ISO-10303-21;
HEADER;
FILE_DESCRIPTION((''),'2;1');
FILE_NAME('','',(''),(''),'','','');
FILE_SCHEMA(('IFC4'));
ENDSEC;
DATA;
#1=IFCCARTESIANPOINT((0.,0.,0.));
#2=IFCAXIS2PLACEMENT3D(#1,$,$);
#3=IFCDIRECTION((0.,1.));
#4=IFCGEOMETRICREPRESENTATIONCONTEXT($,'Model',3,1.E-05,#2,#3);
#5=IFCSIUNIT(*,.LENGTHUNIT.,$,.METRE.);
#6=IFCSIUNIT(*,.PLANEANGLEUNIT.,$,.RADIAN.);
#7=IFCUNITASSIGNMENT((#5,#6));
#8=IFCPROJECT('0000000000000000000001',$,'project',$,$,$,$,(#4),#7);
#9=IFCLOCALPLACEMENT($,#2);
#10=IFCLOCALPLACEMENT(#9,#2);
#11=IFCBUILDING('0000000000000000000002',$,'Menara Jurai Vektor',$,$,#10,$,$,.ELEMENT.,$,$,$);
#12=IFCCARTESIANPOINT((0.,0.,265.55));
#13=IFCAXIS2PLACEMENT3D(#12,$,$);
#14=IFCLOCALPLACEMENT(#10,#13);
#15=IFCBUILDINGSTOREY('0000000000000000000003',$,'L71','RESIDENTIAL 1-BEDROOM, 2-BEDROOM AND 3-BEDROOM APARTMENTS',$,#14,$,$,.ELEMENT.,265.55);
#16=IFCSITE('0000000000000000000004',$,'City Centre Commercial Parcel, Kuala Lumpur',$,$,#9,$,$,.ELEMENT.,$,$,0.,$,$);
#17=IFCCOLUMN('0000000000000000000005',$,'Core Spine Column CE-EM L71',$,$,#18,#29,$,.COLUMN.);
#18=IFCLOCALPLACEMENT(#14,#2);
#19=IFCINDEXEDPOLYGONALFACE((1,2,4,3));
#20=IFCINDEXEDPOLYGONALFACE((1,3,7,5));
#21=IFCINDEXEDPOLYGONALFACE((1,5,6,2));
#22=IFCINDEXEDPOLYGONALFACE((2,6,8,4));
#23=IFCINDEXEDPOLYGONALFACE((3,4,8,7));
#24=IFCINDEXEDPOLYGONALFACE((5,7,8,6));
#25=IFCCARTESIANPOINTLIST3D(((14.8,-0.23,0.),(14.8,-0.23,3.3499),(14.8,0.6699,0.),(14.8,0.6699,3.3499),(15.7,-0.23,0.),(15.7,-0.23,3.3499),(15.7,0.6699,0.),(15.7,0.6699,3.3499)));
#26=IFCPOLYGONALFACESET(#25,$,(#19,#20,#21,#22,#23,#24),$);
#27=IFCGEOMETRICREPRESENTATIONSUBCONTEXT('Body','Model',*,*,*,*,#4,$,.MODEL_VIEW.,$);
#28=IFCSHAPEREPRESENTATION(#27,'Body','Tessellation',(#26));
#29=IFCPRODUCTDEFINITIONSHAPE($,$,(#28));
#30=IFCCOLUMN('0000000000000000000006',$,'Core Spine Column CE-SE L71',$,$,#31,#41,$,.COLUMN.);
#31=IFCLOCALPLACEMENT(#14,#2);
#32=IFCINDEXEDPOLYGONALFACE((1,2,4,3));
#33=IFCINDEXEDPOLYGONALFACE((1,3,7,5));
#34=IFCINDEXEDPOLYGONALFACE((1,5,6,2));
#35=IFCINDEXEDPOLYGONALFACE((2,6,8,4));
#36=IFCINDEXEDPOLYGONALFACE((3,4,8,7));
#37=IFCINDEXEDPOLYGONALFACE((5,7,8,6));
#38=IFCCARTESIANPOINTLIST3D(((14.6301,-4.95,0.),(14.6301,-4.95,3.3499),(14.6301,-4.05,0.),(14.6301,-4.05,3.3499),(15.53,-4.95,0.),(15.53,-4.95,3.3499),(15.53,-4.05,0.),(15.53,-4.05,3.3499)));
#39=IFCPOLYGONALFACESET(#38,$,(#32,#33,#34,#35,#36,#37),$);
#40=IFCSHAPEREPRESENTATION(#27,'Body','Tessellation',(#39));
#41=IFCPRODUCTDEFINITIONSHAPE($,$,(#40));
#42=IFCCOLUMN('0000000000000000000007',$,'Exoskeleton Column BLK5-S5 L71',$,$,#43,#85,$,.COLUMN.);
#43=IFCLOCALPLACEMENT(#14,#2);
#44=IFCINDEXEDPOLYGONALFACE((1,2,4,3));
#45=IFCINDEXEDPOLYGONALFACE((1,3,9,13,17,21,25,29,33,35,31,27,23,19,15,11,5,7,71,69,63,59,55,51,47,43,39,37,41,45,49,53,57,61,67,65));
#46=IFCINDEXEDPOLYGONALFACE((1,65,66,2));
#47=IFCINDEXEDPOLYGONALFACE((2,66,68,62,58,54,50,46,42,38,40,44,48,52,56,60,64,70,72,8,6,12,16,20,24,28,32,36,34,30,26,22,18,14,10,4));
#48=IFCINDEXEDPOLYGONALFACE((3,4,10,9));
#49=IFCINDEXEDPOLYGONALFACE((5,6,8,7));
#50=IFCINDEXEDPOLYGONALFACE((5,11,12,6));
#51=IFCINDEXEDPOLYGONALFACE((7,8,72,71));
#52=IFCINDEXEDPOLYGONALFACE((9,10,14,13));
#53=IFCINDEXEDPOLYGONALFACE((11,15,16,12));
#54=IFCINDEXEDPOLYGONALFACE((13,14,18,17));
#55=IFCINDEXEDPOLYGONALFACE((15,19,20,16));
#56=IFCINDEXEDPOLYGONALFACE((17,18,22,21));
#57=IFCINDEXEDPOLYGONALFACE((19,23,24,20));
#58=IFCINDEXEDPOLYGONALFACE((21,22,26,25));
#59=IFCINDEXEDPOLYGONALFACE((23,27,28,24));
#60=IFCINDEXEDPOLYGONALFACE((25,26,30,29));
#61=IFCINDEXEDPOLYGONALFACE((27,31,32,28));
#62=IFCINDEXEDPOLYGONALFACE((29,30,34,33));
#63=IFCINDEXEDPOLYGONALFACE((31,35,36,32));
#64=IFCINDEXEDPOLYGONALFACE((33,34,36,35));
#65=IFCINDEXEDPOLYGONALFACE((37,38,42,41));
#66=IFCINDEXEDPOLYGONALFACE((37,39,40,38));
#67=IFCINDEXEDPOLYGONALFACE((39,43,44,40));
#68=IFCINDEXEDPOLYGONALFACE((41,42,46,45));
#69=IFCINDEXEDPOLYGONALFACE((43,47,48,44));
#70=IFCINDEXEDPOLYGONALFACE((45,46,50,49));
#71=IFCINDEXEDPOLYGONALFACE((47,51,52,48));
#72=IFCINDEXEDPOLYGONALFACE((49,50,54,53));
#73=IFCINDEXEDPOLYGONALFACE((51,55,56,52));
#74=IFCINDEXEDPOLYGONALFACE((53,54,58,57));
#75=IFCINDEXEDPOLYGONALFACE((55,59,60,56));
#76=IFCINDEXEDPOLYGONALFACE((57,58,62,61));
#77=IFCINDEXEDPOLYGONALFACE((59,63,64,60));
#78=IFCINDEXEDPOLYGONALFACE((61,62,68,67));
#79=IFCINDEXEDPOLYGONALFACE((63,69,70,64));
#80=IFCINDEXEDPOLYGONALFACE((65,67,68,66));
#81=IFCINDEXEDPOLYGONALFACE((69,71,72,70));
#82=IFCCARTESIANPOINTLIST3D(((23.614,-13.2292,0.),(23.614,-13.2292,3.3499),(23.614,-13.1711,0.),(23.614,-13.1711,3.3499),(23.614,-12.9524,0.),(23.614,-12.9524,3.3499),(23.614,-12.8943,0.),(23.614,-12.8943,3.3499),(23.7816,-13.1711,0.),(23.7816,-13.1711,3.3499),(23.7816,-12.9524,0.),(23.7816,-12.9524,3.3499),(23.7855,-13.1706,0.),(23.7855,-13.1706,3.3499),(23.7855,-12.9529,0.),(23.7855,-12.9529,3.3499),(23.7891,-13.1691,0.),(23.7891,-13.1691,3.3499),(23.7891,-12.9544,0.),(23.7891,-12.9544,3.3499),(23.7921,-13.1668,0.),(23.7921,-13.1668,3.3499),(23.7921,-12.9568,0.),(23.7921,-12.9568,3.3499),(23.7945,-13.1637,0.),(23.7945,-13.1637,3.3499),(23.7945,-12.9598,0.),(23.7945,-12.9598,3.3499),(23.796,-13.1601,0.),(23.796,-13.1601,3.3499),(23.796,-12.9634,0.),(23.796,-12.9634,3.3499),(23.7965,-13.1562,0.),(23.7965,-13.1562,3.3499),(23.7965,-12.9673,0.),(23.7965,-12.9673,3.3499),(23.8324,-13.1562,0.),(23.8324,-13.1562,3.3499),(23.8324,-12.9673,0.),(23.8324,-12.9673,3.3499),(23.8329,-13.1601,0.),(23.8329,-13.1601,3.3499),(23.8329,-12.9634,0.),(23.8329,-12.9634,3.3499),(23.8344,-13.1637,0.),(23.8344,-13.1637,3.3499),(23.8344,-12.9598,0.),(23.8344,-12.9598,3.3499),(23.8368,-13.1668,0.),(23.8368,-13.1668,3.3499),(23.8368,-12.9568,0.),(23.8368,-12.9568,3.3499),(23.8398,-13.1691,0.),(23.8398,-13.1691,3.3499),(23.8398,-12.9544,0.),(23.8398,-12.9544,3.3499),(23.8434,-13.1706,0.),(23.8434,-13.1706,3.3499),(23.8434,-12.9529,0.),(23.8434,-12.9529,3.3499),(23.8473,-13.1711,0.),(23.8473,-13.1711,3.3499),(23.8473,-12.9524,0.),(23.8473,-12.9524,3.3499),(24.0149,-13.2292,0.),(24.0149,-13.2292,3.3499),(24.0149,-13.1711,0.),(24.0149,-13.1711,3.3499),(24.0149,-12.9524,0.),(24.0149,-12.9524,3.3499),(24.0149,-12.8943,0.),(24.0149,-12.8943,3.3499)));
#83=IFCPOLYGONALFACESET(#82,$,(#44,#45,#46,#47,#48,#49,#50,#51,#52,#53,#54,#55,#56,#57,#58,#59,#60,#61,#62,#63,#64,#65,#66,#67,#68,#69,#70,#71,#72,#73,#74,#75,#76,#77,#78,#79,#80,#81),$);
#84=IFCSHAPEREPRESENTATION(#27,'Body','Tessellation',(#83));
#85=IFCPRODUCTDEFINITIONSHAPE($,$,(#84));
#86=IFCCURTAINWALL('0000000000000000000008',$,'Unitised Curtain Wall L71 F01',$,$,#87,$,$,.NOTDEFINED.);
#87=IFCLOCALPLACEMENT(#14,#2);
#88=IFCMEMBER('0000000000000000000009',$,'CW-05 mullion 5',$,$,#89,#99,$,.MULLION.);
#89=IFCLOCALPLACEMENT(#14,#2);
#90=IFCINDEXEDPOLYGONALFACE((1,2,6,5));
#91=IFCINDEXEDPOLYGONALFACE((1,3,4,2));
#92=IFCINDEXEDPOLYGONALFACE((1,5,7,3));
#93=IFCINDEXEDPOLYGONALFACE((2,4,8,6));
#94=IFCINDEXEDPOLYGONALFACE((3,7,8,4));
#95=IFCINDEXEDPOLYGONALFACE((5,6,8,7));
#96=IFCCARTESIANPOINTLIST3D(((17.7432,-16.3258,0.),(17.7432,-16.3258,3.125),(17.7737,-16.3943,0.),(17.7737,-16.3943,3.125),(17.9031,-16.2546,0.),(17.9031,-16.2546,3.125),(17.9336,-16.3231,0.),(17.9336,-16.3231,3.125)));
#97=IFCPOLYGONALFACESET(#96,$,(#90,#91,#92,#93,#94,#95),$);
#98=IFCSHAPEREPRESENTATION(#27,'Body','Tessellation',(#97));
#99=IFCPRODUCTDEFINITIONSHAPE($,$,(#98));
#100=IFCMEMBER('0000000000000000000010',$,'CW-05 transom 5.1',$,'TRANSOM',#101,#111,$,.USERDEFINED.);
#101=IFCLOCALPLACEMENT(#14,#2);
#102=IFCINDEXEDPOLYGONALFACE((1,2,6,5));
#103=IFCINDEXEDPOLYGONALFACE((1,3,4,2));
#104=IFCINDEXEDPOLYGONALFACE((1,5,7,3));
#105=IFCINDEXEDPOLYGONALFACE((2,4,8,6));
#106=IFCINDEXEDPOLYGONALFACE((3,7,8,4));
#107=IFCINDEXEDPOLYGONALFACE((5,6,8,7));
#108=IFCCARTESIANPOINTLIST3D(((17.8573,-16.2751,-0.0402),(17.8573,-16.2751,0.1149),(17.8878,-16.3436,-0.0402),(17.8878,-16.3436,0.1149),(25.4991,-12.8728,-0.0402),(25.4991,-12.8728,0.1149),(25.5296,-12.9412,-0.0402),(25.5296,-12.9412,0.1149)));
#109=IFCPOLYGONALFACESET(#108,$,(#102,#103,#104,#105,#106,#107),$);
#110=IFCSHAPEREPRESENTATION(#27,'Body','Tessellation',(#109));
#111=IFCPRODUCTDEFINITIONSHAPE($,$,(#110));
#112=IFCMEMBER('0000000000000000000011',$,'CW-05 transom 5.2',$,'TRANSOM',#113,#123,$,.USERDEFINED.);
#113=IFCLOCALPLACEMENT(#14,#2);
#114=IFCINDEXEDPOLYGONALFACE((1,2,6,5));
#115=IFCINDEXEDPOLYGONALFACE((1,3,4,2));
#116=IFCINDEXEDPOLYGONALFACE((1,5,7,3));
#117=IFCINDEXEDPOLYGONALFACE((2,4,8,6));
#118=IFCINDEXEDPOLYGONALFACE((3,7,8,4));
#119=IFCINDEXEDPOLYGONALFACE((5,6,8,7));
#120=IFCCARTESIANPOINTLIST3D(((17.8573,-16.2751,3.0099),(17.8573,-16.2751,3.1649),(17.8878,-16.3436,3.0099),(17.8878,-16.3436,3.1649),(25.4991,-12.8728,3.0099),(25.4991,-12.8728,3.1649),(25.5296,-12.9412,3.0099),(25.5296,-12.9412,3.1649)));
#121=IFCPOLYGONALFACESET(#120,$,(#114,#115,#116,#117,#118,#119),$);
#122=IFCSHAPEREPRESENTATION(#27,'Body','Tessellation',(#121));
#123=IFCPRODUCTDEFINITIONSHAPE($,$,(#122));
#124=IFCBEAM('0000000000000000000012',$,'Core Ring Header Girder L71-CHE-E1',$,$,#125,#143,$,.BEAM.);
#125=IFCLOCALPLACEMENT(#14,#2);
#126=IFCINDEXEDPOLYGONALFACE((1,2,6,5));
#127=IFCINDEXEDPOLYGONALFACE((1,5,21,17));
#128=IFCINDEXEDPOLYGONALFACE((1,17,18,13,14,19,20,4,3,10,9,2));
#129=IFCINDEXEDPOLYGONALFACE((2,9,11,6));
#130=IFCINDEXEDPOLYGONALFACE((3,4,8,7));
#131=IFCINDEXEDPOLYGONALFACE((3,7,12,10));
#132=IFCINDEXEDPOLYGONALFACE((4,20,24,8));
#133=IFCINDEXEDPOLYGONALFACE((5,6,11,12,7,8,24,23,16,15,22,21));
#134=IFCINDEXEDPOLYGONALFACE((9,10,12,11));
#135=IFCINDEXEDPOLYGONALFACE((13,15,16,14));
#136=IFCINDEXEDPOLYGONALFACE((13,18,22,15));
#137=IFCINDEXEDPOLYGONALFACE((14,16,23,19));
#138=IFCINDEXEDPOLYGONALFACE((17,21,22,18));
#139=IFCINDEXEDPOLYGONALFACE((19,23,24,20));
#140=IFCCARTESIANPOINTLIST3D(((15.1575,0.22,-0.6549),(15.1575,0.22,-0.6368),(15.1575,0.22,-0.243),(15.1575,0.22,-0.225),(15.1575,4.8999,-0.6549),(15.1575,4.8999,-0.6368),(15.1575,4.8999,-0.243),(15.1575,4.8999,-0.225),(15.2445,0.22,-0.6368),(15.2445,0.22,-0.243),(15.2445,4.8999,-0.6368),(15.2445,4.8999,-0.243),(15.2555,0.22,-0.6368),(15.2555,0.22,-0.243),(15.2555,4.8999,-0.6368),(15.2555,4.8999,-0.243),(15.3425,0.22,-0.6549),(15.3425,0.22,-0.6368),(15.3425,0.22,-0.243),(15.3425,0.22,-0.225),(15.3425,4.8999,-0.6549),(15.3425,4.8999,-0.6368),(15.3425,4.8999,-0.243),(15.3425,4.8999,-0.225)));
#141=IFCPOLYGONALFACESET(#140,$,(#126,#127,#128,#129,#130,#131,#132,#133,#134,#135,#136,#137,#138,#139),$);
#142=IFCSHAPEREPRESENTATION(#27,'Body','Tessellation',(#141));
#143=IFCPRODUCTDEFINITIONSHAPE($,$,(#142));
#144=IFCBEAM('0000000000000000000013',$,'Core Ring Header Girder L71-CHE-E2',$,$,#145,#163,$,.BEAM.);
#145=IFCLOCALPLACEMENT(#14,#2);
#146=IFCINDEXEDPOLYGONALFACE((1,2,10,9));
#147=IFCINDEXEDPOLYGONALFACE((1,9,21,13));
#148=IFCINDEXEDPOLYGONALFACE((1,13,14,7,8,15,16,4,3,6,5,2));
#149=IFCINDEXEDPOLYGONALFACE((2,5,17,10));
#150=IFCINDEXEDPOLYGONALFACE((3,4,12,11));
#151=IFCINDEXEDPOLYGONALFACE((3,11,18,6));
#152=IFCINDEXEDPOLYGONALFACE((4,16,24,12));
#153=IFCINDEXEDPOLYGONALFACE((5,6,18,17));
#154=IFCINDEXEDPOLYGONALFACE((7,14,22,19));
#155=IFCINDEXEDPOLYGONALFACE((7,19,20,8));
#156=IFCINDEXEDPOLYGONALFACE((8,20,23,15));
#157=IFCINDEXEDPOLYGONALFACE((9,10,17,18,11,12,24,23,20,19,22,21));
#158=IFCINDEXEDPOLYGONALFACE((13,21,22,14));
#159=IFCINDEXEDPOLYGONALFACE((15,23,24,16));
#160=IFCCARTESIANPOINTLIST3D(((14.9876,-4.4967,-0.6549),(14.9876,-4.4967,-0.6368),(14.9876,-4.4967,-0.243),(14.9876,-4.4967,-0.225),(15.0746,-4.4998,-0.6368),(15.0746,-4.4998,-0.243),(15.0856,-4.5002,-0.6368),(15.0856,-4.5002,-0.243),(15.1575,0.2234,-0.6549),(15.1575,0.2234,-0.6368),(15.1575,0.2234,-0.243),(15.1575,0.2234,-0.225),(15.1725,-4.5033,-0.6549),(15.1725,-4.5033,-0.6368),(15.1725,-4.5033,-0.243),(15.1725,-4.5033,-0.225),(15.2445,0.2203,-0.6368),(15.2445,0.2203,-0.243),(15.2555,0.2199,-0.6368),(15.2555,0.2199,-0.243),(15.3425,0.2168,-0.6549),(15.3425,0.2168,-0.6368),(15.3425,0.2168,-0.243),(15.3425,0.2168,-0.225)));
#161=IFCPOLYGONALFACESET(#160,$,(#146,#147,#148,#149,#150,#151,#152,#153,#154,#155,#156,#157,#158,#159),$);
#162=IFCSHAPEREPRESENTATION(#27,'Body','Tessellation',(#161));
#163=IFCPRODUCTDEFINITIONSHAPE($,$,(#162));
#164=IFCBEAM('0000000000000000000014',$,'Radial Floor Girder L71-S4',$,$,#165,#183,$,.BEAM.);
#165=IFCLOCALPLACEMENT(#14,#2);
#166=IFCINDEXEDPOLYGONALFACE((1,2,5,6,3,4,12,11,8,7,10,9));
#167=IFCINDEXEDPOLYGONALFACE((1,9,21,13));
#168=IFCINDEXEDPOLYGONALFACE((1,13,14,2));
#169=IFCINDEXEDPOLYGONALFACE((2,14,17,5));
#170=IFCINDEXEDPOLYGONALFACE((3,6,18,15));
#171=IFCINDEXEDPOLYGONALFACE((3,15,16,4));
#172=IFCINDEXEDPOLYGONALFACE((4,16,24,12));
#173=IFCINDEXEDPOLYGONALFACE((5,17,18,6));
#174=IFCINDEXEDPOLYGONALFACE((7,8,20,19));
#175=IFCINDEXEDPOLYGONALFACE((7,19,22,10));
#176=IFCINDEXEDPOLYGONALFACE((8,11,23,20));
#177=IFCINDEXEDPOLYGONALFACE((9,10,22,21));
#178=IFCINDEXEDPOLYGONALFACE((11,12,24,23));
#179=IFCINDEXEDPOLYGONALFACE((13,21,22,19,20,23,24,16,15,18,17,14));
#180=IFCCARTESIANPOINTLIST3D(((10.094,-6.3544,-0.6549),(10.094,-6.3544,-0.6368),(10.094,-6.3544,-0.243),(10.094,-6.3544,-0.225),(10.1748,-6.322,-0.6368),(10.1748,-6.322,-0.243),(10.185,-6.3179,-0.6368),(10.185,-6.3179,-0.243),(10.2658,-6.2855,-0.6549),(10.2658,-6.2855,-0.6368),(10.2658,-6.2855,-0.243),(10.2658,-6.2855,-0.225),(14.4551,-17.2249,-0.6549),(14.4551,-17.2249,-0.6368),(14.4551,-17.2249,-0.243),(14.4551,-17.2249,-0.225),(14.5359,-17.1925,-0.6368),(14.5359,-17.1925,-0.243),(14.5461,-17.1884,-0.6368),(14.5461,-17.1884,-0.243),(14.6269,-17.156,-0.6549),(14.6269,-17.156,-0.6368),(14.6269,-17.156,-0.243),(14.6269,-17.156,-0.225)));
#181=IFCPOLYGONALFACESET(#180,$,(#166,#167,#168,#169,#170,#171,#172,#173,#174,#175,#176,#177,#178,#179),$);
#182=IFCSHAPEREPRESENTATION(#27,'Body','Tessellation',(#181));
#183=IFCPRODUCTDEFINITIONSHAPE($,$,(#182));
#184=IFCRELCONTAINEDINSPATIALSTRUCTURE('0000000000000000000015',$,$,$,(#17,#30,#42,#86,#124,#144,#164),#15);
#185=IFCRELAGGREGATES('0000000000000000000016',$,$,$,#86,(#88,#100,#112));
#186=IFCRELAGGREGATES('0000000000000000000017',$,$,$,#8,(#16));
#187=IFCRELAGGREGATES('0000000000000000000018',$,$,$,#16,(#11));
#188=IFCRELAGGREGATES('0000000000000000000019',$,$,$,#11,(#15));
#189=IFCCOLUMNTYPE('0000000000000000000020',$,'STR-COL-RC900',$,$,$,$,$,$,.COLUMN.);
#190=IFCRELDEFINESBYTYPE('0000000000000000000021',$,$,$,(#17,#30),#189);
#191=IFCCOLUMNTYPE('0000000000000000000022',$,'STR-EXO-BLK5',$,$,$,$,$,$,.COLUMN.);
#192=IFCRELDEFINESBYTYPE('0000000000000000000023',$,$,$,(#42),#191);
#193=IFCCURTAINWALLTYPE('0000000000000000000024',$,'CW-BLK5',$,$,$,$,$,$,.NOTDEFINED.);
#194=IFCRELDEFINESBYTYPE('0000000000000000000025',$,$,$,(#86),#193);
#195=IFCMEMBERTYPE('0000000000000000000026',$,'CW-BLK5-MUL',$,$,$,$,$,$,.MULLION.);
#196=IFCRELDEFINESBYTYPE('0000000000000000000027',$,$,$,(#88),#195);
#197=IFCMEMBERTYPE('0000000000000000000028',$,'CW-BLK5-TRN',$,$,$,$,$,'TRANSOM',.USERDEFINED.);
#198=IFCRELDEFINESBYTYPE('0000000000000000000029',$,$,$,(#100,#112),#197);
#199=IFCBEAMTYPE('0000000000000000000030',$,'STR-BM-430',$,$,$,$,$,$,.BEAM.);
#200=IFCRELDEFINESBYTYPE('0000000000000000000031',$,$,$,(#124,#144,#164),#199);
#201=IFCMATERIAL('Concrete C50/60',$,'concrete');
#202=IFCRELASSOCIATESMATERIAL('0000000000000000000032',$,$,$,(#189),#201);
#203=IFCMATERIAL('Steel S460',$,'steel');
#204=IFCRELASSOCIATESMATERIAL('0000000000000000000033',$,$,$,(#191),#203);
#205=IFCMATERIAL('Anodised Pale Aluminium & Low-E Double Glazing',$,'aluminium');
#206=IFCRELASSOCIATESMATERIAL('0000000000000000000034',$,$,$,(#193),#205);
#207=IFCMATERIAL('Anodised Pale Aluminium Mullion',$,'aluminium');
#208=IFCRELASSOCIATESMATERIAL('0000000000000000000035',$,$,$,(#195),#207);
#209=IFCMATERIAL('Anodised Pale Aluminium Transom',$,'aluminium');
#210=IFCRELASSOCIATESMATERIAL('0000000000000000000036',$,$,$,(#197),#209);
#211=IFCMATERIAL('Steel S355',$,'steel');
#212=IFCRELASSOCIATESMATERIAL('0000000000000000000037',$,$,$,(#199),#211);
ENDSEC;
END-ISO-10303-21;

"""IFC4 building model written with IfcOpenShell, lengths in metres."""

from ifc_helpers import new_model, si_unit, direction, frame, origin, origin_2d, place, context, subcontext, project, spatial, rectangle, i_section, extrude, material, material_profile, profile_set, type_object, element, aggregate, save


model = new_model("IFC4")

# Units and contexts
model_context = context("Model", 3, precision=1e-05, world=origin(), true_north=direction((0.0, 1.0)))
body_context = subcontext(model_context, "Body", "Model", "MODEL_VIEW")
ifc_project = project(units=[si_unit("LENGTHUNIT", "METRE"), si_unit("PLANEANGLEUNIT", "RADIAN")], contexts=[model_context])

# Site, building, storey
site_placement = place(None, origin())
site = spatial("IfcSite", under=ifc_project, at=site_placement, Name="City Centre Commercial Parcel, Kuala Lumpur", CompositionType="ELEMENT", RefElevation=0.0)
building_placement = place(site_placement, origin())
building = spatial("IfcBuilding", under=site, at=building_placement, Name="Menara Jurai Vektor", CompositionType="ELEMENT")
storey_placement = place(building_placement, frame((0.0, 0.0, 265.55)))
storey = spatial("IfcBuildingStorey", under=building, at=storey_placement, Name="L71", Description="RESIDENTIAL 1-BEDROOM, 2-BEDROOM AND 3-BEDROOM APARTMENTS", CompositionType="ELEMENT", Elevation=265.55)

# Columns
ifc_material_1 = material(Name="Concrete C50/60", Category="concrete")
ifc_material_profile_1 = material_profile(ifc_material_1, rectangle(XDim=0.8999, YDim=0.8999, at=origin_2d()), Name="RC 900x900")
ifc_profile_set_1 = profile_set([ifc_material_profile_1], Name="Concrete C50/60")
column_type_1 = type_object("IfcColumnType", Name="STR-COL-RC900", PredefinedType="COLUMN", material=ifc_profile_set_1)
for number, where, z_axis, x_axis, name in (
    (1, (15.25, 0.22, 0.0), (0.0, 0.0, 1.0), (1.0, 0.0, 0.0), "Core Spine Column CE-EM L71"),
    (2, (15.0801, -4.5, 0.0), (0.0, 0.0, 1.0), (1.0, 0.0, 0.0), "Core Spine Column CE-SE L71"),
):
    element("IfcColumn", number, at=place(storey_placement, frame(where, z_axis=z_axis, x_axis=x_axis)), inside=storey, type_object=column_type_1, Name=name, PredefinedType="COLUMN", context=body_context, shape_type="SweptSolid", body=[
        extrude(rectangle(XDim=0.8999, YDim=0.8999, at=origin_2d()), origin(), (0.0, 0.0, 1.0), 3.3499),
    ])
ifc_material_2 = material(Name="Steel S460", Category="steel")
ifc_material_profile_2 = material_profile(ifc_material_2, i_section(OverallWidth=0.4009, OverallDepth=0.335, WebThickness=0.0359, FlangeThickness=0.0581, FilletRadius=0.0149, at=origin_2d()), Name="HD 400x463")
ifc_profile_set_2 = profile_set([ifc_material_profile_2], Name="Steel S460")
column_type_2 = type_object("IfcColumnType", Name="STR-EXO-BLK5", PredefinedType="COLUMN", material=ifc_profile_set_2)
column_placement = place(storey_placement, frame((23.8145, -13.0618, 0.0), z_axis=(0.0, 0.0, 1.0), x_axis=(1.0, 0.0, 0.0)))
element("IfcColumn", 3, at=column_placement, inside=storey, type_object=column_type_2, Name="Exoskeleton Column BLK5-S5 L71", PredefinedType="COLUMN", context=body_context, shape_type="SweptSolid", body=[
    extrude(i_section(OverallWidth=0.4009, OverallDepth=0.335, WebThickness=0.0359, FlangeThickness=0.0581, FilletRadius=0.0149, at=origin_2d()), origin(), (0.0, 0.0, 1.0), 3.3499),
])

# Curtain wall, members
ifc_material_3 = material(Name="Anodised Pale Aluminium & Low-E Double Glazing", Category="aluminium")
curtain_wall_type = type_object("IfcCurtainWallType", Name="CW-BLK5", PredefinedType="NOTDEFINED", material=ifc_material_3)
curtain_wall_placement = place(storey_placement, origin())
curtain_wall = element("IfcCurtainWall", 4, at=curtain_wall_placement, inside=storey, type_object=curtain_wall_type, Name="Unitised Curtain Wall L71 F01", PredefinedType="NOTDEFINED")
ifc_material_4 = material(Name="Anodised Pale Aluminium Mullion", Category="aluminium")
ifc_material_profile_3 = material_profile(ifc_material_4, rectangle(XDim=0.075, YDim=0.175, at=origin_2d()), Name="ALU MUL 75x175")
ifc_profile_set_3 = profile_set([ifc_material_profile_3], Name="Anodised Pale Aluminium Mullion")
member_type_1 = type_object("IfcMemberType", Name="CW-BLK5-MUL", PredefinedType="MULLION", material=ifc_profile_set_3)
member_1_placement = place(storey_placement, frame((17.8384, -16.3245, 0.0), z_axis=(0.0, 0.0, 1.0), x_axis=(-0.406735, 0.913546, 0.0)))
member_1 = element("IfcMember", 5, at=member_1_placement, type_object=member_type_1, Name="CW-05 mullion 5", PredefinedType="MULLION", context=body_context, shape_type="SweptSolid", body=[
    extrude(rectangle(XDim=0.075, YDim=0.175, at=origin_2d()), origin(), (0.0, 0.0, 1.0), 3.125),
])
ifc_material_5 = material(Name="Anodised Pale Aluminium Transom", Category="aluminium")
ifc_material_profile_4 = material_profile(ifc_material_5, rectangle(XDim=0.075, YDim=0.155, at=origin_2d()), Name="ALU TRN 75x155")
ifc_profile_set_4 = profile_set([ifc_material_profile_4], Name="Anodised Pale Aluminium Transom")
member_type_2 = type_object("IfcMemberType", Name="CW-BLK5-TRN", ElementType="TRANSOM", PredefinedType="USERDEFINED", material=ifc_profile_set_4)
member_2_placement = place(storey_placement, frame((17.8726, -16.3093, 0.0374), z_axis=(0.913547, 0.406734, 0.0), x_axis=(-0.406734, 0.913547, 0.0)))
member_2 = element("IfcMember", 6, at=member_2_placement, type_object=member_type_2, Name="CW-05 transom 5.1", ObjectType="TRANSOM", PredefinedType="USERDEFINED", context=body_context, shape_type="SweptSolid", body=[
    extrude(rectangle(XDim=0.075, YDim=0.155, at=origin_2d()), origin(), (0.0, 0.0, 1.0), 8.365),
])
member_3_placement = place(storey_placement, frame((17.8726, -16.3093, 3.0874), z_axis=(0.913547, 0.406734, 0.0), x_axis=(-0.406734, 0.913547, 0.0)))
member_3 = element("IfcMember", 7, at=member_3_placement, type_object=member_type_2, Name="CW-05 transom 5.2", ObjectType="TRANSOM", PredefinedType="USERDEFINED", context=body_context, shape_type="SweptSolid", body=[
    extrude(rectangle(XDim=0.075, YDim=0.155, at=origin_2d()), origin(), (0.0, 0.0, 1.0), 8.365),
])

# Beams
ifc_material_6 = material(Name="Steel S355", Category="steel")
ifc_material_profile_5 = material_profile(ifc_material_6, i_section(OverallWidth=0.1851, OverallDepth=0.4299, WebThickness=0.011, FlangeThickness=0.0181, at=origin_2d()), Name="PG 430x185x76")
ifc_profile_set_5 = profile_set([ifc_material_profile_5], Name="Steel S355")
beam_type_1 = type_object("IfcBeamType", Name="STR-BM-430", PredefinedType="BEAM", material=ifc_profile_set_5)
beam_1_placement = place(storey_placement, frame((15.25, 0.22, -0.4399), z_axis=(0.0, 1.0, 0.0), x_axis=(-1.0, 0.0, 0.0)))
element("IfcBeam", 8, at=beam_1_placement, inside=storey, type_object=beam_type_1, Name="Core Ring Header Girder L71-CHE-E1", PredefinedType="BEAM", context=body_context, shape_type="SweptSolid", body=[
    extrude(i_section(OverallWidth=0.1851, OverallDepth=0.4299, WebThickness=0.011, FlangeThickness=0.0181, at=origin_2d()), origin(), (0.0, 0.0, 1.0), 4.6799),
])
beam_2_placement = place(storey_placement, frame((15.0801, -4.5, -0.4399), z_axis=(0.035977, 0.999353, 0.0), x_axis=(-0.999353, 0.035977, 0.0)))
element("IfcBeam", 9, at=beam_2_placement, inside=storey, type_object=beam_type_1, Name="Core Ring Header Girder L71-CHE-E2", PredefinedType="BEAM", context=body_context, shape_type="SweptSolid", body=[
    extrude(i_section(OverallWidth=0.1851, OverallDepth=0.4299, WebThickness=0.011, FlangeThickness=0.0181, at=origin_2d()), origin(), (0.0, 0.0, 1.0), 4.7231),
])
beam_3_placement = place(storey_placement, frame((14.541, -17.1904, -0.4399), z_axis=(-0.372343, 0.928095, 0.0), x_axis=(-0.928095, -0.372343, 0.0)))
element("IfcBeam", 10, at=beam_3_placement, inside=storey, type_object=beam_type_1, Name="Radial Floor Girder L71-S4", PredefinedType="BEAM", context=body_context, shape_type="SweptSolid", body=[
    extrude(i_section(OverallWidth=0.1851, OverallDepth=0.4299, WebThickness=0.011, FlangeThickness=0.0181, at=origin_2d()), origin(), (0.0, 0.0, 1.0), 11.7126),
])

aggregate(curtain_wall, [member_1, member_2, member_3])

save(model, "model.ifc")
